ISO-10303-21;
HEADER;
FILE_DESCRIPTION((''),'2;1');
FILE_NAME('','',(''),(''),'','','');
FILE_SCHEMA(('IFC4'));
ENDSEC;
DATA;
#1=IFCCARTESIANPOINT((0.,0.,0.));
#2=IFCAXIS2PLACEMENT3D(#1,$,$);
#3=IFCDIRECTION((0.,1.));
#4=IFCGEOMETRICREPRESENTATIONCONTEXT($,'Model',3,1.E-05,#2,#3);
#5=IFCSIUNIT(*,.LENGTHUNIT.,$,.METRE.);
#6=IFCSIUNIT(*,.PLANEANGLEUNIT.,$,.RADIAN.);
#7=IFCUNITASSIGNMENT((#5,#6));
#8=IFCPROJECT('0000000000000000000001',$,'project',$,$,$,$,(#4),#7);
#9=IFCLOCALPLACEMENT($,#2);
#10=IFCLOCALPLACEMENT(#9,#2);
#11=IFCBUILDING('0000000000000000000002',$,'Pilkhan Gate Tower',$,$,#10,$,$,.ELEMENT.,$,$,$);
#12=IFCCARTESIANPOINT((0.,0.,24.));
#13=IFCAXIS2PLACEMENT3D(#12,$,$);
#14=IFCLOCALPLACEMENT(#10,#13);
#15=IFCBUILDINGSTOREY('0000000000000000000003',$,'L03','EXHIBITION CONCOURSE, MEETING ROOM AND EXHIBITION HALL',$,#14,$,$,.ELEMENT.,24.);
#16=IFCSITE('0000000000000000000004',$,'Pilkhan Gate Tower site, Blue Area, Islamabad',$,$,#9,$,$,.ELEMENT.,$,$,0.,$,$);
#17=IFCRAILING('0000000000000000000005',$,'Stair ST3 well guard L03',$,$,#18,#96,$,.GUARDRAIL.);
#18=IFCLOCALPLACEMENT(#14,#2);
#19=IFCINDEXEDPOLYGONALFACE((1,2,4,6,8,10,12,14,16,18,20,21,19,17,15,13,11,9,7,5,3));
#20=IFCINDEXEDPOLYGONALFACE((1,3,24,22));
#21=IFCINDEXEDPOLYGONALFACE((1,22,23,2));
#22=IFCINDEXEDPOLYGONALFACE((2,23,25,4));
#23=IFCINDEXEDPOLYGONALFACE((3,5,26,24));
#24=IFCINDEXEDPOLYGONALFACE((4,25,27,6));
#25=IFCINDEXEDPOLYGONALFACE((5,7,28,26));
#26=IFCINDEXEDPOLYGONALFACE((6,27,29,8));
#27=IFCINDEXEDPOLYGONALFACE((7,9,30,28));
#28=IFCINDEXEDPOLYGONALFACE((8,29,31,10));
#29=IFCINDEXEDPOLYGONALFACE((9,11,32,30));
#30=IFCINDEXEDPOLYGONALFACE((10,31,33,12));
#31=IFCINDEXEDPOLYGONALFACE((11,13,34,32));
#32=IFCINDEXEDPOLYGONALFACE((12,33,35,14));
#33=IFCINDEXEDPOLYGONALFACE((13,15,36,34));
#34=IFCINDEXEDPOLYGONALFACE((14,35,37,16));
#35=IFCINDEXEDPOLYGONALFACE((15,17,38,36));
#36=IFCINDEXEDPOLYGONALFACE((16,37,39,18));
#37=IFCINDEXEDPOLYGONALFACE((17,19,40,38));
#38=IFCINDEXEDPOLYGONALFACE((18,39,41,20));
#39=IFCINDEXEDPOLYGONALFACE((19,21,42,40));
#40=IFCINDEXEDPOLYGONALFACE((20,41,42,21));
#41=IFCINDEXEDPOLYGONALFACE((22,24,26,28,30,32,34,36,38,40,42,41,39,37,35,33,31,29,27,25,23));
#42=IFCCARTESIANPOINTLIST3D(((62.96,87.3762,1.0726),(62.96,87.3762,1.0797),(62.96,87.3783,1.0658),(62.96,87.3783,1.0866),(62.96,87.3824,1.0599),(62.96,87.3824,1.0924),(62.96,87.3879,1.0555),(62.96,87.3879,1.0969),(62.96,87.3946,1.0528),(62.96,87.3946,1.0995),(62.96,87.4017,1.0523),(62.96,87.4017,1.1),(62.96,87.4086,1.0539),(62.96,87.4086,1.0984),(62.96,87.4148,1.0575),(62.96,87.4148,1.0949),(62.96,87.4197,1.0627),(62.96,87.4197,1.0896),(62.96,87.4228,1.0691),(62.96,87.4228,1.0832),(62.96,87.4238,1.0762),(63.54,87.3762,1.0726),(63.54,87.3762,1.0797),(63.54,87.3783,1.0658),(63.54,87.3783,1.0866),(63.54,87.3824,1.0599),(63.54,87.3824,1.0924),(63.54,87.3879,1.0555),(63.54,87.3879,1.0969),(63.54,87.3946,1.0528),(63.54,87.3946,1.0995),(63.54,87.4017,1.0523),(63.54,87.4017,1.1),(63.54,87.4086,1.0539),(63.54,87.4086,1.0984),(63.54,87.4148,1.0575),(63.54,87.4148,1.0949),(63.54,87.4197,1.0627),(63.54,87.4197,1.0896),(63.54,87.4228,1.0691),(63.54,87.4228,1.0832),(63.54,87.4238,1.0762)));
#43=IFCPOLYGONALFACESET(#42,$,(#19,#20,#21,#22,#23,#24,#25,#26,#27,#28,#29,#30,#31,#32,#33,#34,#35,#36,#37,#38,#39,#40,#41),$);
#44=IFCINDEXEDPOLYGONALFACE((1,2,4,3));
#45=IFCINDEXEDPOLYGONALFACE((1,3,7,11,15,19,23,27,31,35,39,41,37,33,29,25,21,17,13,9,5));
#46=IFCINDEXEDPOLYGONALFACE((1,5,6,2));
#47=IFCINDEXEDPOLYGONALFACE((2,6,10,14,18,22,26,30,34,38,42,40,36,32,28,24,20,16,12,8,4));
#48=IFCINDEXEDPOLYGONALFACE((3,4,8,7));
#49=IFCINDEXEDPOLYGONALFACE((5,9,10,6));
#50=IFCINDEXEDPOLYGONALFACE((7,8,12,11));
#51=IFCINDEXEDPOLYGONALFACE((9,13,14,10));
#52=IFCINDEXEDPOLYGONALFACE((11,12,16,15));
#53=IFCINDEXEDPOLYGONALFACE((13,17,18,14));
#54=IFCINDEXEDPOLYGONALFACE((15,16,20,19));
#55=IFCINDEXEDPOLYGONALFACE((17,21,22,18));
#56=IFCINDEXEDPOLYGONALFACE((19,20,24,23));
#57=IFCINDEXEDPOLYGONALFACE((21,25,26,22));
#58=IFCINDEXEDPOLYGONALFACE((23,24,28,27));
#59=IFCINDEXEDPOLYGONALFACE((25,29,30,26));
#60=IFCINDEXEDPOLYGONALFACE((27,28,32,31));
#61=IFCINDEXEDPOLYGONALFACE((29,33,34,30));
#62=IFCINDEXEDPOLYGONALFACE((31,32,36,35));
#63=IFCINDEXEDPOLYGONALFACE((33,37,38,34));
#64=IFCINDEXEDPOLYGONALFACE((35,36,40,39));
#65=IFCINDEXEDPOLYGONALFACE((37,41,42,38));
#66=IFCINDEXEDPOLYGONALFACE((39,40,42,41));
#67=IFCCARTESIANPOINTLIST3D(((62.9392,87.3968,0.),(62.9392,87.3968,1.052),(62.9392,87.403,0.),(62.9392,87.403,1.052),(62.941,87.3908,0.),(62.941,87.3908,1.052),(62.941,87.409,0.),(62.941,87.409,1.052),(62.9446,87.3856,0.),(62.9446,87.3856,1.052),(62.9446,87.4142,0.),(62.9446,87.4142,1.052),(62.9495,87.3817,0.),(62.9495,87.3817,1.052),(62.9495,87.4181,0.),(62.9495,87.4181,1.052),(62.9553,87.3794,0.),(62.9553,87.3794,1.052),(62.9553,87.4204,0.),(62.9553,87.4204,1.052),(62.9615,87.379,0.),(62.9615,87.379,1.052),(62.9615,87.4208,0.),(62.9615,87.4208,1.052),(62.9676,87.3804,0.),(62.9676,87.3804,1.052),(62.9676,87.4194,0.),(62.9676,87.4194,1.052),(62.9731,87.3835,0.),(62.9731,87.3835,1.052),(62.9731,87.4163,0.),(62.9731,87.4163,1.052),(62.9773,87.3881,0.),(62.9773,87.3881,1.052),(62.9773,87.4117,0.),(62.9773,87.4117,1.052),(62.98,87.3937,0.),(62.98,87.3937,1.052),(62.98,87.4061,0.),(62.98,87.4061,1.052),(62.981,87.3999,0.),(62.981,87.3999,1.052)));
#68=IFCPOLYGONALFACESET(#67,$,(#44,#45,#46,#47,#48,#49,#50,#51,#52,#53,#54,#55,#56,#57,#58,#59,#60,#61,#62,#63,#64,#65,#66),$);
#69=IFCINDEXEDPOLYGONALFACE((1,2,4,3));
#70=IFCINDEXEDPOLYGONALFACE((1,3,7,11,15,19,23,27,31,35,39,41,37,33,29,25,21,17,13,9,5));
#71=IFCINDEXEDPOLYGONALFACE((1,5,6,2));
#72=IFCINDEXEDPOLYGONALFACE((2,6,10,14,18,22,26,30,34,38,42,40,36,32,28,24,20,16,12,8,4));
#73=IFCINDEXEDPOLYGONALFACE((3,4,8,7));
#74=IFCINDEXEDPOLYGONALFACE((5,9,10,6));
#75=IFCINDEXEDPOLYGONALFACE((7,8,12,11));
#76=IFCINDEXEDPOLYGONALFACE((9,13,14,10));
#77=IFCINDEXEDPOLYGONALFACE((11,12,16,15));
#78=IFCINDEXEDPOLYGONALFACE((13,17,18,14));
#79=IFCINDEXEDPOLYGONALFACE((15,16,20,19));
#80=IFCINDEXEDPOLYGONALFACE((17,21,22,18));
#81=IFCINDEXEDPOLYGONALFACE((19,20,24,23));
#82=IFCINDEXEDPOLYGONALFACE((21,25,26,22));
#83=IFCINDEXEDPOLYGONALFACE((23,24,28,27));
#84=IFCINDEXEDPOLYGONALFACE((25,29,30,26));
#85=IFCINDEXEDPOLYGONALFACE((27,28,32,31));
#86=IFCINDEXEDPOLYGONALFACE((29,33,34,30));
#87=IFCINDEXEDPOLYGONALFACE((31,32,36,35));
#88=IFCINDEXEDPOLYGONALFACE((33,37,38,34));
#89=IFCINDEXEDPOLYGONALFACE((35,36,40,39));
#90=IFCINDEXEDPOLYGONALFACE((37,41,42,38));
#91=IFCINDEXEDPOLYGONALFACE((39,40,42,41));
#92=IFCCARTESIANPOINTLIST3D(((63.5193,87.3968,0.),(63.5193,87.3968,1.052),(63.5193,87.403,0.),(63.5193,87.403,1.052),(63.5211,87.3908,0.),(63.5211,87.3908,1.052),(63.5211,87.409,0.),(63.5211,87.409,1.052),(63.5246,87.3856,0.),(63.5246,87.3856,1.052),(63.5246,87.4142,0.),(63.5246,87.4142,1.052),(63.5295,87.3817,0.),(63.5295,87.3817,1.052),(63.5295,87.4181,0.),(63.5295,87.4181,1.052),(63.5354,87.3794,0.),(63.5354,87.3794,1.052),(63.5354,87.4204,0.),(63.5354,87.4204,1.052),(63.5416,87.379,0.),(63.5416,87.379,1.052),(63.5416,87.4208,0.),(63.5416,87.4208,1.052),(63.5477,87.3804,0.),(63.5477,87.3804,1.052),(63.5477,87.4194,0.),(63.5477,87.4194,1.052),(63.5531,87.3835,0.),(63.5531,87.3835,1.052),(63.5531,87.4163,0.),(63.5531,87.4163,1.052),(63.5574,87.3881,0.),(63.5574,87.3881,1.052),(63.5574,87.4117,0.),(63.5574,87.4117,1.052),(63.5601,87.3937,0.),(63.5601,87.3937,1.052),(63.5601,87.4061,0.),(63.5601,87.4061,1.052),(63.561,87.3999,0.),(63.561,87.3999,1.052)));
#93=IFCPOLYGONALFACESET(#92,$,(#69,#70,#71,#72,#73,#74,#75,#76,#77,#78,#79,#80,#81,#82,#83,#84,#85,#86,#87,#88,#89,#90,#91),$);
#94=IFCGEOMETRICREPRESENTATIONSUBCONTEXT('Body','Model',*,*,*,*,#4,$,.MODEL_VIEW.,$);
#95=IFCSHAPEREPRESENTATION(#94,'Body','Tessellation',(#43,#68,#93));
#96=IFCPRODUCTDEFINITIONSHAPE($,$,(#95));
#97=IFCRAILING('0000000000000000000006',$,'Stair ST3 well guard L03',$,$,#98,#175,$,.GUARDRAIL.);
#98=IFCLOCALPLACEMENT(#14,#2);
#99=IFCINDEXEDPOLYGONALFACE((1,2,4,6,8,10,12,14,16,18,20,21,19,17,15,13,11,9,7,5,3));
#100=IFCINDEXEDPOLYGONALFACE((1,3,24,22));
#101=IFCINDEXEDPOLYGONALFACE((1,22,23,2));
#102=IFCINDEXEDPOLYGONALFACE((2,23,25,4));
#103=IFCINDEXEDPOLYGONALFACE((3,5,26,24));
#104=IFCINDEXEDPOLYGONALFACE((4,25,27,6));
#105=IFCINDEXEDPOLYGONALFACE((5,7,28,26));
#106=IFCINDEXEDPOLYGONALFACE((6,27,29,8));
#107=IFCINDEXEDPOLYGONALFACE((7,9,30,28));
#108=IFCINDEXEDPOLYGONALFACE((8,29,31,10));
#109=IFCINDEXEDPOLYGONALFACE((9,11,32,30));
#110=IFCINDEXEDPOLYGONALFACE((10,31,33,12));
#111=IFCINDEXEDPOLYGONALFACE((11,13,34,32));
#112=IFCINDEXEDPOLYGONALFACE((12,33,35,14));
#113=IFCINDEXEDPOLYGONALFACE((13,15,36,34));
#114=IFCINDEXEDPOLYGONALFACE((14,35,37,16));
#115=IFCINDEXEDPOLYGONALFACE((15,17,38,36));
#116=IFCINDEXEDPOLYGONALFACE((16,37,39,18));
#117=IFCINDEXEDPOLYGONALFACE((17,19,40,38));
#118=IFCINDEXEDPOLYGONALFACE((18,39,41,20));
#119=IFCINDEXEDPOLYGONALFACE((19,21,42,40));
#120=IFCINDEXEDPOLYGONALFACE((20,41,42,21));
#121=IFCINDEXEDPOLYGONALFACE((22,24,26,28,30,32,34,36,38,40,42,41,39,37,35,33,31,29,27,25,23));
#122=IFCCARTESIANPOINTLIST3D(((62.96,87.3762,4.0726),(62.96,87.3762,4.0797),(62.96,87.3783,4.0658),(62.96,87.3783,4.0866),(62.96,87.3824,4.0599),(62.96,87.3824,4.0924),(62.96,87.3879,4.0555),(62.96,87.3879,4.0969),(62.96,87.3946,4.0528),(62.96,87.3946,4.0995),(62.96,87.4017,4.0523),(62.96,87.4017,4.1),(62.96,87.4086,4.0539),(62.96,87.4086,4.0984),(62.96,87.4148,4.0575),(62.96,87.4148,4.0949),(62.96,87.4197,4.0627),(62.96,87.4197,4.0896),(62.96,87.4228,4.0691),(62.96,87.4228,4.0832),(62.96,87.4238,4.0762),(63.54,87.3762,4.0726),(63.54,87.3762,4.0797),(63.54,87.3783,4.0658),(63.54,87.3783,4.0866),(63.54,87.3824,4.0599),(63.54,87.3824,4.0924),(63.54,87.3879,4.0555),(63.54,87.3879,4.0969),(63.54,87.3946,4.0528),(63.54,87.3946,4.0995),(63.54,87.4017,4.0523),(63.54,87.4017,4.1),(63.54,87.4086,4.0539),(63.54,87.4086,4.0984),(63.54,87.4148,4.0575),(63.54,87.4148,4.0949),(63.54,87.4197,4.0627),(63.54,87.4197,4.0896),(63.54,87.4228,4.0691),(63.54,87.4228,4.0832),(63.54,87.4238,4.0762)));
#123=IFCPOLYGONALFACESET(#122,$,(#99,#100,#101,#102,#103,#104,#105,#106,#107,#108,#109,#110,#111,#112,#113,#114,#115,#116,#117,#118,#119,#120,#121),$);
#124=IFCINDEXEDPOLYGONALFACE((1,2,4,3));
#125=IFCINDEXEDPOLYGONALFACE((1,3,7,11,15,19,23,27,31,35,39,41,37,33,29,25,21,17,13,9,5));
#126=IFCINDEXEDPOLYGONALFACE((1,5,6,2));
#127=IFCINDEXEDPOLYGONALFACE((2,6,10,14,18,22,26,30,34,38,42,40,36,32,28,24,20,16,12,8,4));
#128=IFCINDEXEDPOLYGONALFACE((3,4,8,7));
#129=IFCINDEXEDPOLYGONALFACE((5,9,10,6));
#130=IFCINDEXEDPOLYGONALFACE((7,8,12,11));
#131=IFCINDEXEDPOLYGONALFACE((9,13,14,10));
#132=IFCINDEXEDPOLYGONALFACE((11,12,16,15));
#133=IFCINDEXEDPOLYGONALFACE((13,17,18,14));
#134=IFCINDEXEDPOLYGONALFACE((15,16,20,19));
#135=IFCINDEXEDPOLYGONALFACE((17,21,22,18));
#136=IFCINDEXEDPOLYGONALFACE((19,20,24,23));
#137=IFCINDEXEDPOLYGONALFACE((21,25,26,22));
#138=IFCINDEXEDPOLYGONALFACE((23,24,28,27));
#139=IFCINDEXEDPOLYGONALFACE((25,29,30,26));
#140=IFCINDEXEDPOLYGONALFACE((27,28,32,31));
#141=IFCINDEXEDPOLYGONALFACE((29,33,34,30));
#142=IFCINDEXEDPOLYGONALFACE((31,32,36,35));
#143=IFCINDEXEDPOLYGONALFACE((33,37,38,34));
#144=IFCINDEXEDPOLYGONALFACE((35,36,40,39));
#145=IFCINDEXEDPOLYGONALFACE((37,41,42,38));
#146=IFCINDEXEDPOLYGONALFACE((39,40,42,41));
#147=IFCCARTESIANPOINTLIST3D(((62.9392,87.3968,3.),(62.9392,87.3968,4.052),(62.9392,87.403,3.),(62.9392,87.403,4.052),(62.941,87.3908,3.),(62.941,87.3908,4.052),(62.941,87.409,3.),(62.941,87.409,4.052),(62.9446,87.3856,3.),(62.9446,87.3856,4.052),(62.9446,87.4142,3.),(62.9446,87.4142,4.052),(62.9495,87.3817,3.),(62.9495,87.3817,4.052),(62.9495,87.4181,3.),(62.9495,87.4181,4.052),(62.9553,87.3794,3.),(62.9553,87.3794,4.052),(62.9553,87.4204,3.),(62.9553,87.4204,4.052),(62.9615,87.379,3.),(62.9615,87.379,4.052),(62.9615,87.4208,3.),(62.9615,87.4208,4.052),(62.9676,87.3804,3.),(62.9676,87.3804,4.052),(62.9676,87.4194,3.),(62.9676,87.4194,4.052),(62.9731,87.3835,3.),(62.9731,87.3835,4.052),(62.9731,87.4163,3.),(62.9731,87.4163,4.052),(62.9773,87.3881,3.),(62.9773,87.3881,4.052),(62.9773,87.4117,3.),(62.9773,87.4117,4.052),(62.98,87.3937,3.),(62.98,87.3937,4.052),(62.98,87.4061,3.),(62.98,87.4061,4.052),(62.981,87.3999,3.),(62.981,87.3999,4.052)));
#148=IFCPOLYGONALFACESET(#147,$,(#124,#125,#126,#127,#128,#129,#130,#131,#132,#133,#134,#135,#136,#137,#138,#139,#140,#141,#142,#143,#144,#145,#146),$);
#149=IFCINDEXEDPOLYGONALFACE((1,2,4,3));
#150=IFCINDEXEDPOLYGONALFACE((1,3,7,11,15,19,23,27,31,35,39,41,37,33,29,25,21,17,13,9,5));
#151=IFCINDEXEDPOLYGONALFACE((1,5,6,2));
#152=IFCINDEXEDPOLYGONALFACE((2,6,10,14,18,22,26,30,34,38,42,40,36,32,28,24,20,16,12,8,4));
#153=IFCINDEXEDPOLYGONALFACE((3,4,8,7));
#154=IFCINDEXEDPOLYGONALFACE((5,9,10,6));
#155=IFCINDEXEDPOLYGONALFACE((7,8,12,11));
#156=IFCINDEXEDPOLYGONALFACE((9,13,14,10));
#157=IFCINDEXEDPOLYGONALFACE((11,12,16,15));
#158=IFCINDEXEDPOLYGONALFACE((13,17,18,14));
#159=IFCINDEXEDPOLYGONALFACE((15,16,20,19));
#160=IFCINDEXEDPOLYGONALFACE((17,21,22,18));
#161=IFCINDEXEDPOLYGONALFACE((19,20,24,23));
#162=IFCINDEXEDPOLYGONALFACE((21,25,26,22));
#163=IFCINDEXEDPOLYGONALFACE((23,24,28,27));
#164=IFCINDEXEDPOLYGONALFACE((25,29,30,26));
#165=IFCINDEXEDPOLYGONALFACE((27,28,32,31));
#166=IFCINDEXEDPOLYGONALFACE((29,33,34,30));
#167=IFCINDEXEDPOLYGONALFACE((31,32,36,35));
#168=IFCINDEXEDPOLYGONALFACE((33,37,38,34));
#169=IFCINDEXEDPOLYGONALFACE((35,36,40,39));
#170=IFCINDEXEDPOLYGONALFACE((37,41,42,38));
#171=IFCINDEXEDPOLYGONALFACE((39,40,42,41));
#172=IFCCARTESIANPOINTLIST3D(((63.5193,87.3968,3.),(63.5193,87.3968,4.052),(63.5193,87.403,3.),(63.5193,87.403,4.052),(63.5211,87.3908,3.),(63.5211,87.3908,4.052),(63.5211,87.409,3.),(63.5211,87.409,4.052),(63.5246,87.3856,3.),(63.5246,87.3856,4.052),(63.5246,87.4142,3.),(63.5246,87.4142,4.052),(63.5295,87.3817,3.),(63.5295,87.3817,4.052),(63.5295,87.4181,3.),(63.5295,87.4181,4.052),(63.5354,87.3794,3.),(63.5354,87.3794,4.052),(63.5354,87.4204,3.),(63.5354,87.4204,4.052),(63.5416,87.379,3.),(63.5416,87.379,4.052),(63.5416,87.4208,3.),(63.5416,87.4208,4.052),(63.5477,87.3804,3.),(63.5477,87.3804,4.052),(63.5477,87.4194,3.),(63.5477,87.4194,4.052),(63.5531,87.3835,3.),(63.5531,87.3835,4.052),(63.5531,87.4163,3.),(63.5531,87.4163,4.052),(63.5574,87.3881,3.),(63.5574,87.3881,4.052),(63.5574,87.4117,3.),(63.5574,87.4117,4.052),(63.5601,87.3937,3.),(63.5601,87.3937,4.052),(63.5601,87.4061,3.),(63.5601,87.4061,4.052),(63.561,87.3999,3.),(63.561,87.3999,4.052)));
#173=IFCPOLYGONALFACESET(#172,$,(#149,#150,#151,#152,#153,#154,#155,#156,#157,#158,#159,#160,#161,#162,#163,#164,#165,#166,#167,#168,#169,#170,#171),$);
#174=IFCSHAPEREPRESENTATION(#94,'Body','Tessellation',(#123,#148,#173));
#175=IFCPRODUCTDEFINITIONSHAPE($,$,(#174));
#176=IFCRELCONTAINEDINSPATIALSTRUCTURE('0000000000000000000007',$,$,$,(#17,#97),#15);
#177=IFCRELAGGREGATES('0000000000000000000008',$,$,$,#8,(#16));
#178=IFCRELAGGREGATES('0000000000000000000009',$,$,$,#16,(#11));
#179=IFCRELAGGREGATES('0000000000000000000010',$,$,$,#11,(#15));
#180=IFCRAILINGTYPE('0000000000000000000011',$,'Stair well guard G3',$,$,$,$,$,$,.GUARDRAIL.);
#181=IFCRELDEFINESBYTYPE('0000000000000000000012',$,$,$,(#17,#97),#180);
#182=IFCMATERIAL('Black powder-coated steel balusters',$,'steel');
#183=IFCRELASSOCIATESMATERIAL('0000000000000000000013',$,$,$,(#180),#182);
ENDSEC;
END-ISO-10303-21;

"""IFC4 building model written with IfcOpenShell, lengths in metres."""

from ifc_helpers import new_model, si_unit, direction, frame, origin, origin_2d, place, context, subcontext, project, spatial, circle, extrude, material, type_object, element, save


model = new_model("IFC4")

# Units and contexts
model_context = context("Model", 3, precision=1e-05, world=origin(), true_north=direction((0.0, 1.0)))
body_context = subcontext(model_context, "Body", "Model", "MODEL_VIEW")
ifc_project = project(units=[si_unit("LENGTHUNIT", "METRE"), si_unit("PLANEANGLEUNIT", "RADIAN")], contexts=[model_context])

# Site, building, storey
site_placement = place(None, origin())
site = spatial("IfcSite", under=ifc_project, at=site_placement, Name="Pilkhan Gate Tower site, Blue Area, Islamabad", CompositionType="ELEMENT", RefElevation=0.0)
building_placement = place(site_placement, origin())
building = spatial("IfcBuilding", under=site, at=building_placement, Name="Pilkhan Gate Tower", CompositionType="ELEMENT")
storey_placement = place(building_placement, frame((0.0, 0.0, 24.0)))
storey = spatial("IfcBuildingStorey", under=building, at=storey_placement, Name="L03", Description="EXHIBITION CONCOURSE, MEETING ROOM AND EXHIBITION HALL", CompositionType="ELEMENT", Elevation=24.0)

# Railings
ifc_material_1 = material(Name="Black powder-coated steel balusters", Category="steel")
railing_type_1 = type_object("IfcRailingType", Name="Stair well guard G3", PredefinedType="GUARDRAIL", material=ifc_material_1)
for number, where, name in (
    (1, (62.96, 87.3999, 0.0), "Stair ST3 well guard L03"),
    (2, (62.96, 87.3999, 3.0), "Stair ST3 well guard L03"),
):
    element("IfcRailing", number, at=place(storey_placement, frame(where)), inside=storey, type_object=railing_type_1, Name=name, PredefinedType="GUARDRAIL", context=body_context, shape_type="SweptSolid", body=[
        extrude(circle(Radius=0.0239, at=origin_2d()), frame((0.0, 0.0, 1.0762), z_axis=(1.0, 0.0, 0.0), x_axis=(0.0, 1.0, 0.0)), (0.0, 0.0, 1.0), 0.5801),
        extrude(circle(Radius=0.021, at=origin_2d()), origin(), (0.0, 0.0, 1.0), 1.052),
        extrude(circle(Radius=0.021, at=origin_2d()), frame((0.5801, 0.0, 0.0)), (0.0, 0.0, 1.0), 1.052),
    ])

save(model, "model.ifc")
